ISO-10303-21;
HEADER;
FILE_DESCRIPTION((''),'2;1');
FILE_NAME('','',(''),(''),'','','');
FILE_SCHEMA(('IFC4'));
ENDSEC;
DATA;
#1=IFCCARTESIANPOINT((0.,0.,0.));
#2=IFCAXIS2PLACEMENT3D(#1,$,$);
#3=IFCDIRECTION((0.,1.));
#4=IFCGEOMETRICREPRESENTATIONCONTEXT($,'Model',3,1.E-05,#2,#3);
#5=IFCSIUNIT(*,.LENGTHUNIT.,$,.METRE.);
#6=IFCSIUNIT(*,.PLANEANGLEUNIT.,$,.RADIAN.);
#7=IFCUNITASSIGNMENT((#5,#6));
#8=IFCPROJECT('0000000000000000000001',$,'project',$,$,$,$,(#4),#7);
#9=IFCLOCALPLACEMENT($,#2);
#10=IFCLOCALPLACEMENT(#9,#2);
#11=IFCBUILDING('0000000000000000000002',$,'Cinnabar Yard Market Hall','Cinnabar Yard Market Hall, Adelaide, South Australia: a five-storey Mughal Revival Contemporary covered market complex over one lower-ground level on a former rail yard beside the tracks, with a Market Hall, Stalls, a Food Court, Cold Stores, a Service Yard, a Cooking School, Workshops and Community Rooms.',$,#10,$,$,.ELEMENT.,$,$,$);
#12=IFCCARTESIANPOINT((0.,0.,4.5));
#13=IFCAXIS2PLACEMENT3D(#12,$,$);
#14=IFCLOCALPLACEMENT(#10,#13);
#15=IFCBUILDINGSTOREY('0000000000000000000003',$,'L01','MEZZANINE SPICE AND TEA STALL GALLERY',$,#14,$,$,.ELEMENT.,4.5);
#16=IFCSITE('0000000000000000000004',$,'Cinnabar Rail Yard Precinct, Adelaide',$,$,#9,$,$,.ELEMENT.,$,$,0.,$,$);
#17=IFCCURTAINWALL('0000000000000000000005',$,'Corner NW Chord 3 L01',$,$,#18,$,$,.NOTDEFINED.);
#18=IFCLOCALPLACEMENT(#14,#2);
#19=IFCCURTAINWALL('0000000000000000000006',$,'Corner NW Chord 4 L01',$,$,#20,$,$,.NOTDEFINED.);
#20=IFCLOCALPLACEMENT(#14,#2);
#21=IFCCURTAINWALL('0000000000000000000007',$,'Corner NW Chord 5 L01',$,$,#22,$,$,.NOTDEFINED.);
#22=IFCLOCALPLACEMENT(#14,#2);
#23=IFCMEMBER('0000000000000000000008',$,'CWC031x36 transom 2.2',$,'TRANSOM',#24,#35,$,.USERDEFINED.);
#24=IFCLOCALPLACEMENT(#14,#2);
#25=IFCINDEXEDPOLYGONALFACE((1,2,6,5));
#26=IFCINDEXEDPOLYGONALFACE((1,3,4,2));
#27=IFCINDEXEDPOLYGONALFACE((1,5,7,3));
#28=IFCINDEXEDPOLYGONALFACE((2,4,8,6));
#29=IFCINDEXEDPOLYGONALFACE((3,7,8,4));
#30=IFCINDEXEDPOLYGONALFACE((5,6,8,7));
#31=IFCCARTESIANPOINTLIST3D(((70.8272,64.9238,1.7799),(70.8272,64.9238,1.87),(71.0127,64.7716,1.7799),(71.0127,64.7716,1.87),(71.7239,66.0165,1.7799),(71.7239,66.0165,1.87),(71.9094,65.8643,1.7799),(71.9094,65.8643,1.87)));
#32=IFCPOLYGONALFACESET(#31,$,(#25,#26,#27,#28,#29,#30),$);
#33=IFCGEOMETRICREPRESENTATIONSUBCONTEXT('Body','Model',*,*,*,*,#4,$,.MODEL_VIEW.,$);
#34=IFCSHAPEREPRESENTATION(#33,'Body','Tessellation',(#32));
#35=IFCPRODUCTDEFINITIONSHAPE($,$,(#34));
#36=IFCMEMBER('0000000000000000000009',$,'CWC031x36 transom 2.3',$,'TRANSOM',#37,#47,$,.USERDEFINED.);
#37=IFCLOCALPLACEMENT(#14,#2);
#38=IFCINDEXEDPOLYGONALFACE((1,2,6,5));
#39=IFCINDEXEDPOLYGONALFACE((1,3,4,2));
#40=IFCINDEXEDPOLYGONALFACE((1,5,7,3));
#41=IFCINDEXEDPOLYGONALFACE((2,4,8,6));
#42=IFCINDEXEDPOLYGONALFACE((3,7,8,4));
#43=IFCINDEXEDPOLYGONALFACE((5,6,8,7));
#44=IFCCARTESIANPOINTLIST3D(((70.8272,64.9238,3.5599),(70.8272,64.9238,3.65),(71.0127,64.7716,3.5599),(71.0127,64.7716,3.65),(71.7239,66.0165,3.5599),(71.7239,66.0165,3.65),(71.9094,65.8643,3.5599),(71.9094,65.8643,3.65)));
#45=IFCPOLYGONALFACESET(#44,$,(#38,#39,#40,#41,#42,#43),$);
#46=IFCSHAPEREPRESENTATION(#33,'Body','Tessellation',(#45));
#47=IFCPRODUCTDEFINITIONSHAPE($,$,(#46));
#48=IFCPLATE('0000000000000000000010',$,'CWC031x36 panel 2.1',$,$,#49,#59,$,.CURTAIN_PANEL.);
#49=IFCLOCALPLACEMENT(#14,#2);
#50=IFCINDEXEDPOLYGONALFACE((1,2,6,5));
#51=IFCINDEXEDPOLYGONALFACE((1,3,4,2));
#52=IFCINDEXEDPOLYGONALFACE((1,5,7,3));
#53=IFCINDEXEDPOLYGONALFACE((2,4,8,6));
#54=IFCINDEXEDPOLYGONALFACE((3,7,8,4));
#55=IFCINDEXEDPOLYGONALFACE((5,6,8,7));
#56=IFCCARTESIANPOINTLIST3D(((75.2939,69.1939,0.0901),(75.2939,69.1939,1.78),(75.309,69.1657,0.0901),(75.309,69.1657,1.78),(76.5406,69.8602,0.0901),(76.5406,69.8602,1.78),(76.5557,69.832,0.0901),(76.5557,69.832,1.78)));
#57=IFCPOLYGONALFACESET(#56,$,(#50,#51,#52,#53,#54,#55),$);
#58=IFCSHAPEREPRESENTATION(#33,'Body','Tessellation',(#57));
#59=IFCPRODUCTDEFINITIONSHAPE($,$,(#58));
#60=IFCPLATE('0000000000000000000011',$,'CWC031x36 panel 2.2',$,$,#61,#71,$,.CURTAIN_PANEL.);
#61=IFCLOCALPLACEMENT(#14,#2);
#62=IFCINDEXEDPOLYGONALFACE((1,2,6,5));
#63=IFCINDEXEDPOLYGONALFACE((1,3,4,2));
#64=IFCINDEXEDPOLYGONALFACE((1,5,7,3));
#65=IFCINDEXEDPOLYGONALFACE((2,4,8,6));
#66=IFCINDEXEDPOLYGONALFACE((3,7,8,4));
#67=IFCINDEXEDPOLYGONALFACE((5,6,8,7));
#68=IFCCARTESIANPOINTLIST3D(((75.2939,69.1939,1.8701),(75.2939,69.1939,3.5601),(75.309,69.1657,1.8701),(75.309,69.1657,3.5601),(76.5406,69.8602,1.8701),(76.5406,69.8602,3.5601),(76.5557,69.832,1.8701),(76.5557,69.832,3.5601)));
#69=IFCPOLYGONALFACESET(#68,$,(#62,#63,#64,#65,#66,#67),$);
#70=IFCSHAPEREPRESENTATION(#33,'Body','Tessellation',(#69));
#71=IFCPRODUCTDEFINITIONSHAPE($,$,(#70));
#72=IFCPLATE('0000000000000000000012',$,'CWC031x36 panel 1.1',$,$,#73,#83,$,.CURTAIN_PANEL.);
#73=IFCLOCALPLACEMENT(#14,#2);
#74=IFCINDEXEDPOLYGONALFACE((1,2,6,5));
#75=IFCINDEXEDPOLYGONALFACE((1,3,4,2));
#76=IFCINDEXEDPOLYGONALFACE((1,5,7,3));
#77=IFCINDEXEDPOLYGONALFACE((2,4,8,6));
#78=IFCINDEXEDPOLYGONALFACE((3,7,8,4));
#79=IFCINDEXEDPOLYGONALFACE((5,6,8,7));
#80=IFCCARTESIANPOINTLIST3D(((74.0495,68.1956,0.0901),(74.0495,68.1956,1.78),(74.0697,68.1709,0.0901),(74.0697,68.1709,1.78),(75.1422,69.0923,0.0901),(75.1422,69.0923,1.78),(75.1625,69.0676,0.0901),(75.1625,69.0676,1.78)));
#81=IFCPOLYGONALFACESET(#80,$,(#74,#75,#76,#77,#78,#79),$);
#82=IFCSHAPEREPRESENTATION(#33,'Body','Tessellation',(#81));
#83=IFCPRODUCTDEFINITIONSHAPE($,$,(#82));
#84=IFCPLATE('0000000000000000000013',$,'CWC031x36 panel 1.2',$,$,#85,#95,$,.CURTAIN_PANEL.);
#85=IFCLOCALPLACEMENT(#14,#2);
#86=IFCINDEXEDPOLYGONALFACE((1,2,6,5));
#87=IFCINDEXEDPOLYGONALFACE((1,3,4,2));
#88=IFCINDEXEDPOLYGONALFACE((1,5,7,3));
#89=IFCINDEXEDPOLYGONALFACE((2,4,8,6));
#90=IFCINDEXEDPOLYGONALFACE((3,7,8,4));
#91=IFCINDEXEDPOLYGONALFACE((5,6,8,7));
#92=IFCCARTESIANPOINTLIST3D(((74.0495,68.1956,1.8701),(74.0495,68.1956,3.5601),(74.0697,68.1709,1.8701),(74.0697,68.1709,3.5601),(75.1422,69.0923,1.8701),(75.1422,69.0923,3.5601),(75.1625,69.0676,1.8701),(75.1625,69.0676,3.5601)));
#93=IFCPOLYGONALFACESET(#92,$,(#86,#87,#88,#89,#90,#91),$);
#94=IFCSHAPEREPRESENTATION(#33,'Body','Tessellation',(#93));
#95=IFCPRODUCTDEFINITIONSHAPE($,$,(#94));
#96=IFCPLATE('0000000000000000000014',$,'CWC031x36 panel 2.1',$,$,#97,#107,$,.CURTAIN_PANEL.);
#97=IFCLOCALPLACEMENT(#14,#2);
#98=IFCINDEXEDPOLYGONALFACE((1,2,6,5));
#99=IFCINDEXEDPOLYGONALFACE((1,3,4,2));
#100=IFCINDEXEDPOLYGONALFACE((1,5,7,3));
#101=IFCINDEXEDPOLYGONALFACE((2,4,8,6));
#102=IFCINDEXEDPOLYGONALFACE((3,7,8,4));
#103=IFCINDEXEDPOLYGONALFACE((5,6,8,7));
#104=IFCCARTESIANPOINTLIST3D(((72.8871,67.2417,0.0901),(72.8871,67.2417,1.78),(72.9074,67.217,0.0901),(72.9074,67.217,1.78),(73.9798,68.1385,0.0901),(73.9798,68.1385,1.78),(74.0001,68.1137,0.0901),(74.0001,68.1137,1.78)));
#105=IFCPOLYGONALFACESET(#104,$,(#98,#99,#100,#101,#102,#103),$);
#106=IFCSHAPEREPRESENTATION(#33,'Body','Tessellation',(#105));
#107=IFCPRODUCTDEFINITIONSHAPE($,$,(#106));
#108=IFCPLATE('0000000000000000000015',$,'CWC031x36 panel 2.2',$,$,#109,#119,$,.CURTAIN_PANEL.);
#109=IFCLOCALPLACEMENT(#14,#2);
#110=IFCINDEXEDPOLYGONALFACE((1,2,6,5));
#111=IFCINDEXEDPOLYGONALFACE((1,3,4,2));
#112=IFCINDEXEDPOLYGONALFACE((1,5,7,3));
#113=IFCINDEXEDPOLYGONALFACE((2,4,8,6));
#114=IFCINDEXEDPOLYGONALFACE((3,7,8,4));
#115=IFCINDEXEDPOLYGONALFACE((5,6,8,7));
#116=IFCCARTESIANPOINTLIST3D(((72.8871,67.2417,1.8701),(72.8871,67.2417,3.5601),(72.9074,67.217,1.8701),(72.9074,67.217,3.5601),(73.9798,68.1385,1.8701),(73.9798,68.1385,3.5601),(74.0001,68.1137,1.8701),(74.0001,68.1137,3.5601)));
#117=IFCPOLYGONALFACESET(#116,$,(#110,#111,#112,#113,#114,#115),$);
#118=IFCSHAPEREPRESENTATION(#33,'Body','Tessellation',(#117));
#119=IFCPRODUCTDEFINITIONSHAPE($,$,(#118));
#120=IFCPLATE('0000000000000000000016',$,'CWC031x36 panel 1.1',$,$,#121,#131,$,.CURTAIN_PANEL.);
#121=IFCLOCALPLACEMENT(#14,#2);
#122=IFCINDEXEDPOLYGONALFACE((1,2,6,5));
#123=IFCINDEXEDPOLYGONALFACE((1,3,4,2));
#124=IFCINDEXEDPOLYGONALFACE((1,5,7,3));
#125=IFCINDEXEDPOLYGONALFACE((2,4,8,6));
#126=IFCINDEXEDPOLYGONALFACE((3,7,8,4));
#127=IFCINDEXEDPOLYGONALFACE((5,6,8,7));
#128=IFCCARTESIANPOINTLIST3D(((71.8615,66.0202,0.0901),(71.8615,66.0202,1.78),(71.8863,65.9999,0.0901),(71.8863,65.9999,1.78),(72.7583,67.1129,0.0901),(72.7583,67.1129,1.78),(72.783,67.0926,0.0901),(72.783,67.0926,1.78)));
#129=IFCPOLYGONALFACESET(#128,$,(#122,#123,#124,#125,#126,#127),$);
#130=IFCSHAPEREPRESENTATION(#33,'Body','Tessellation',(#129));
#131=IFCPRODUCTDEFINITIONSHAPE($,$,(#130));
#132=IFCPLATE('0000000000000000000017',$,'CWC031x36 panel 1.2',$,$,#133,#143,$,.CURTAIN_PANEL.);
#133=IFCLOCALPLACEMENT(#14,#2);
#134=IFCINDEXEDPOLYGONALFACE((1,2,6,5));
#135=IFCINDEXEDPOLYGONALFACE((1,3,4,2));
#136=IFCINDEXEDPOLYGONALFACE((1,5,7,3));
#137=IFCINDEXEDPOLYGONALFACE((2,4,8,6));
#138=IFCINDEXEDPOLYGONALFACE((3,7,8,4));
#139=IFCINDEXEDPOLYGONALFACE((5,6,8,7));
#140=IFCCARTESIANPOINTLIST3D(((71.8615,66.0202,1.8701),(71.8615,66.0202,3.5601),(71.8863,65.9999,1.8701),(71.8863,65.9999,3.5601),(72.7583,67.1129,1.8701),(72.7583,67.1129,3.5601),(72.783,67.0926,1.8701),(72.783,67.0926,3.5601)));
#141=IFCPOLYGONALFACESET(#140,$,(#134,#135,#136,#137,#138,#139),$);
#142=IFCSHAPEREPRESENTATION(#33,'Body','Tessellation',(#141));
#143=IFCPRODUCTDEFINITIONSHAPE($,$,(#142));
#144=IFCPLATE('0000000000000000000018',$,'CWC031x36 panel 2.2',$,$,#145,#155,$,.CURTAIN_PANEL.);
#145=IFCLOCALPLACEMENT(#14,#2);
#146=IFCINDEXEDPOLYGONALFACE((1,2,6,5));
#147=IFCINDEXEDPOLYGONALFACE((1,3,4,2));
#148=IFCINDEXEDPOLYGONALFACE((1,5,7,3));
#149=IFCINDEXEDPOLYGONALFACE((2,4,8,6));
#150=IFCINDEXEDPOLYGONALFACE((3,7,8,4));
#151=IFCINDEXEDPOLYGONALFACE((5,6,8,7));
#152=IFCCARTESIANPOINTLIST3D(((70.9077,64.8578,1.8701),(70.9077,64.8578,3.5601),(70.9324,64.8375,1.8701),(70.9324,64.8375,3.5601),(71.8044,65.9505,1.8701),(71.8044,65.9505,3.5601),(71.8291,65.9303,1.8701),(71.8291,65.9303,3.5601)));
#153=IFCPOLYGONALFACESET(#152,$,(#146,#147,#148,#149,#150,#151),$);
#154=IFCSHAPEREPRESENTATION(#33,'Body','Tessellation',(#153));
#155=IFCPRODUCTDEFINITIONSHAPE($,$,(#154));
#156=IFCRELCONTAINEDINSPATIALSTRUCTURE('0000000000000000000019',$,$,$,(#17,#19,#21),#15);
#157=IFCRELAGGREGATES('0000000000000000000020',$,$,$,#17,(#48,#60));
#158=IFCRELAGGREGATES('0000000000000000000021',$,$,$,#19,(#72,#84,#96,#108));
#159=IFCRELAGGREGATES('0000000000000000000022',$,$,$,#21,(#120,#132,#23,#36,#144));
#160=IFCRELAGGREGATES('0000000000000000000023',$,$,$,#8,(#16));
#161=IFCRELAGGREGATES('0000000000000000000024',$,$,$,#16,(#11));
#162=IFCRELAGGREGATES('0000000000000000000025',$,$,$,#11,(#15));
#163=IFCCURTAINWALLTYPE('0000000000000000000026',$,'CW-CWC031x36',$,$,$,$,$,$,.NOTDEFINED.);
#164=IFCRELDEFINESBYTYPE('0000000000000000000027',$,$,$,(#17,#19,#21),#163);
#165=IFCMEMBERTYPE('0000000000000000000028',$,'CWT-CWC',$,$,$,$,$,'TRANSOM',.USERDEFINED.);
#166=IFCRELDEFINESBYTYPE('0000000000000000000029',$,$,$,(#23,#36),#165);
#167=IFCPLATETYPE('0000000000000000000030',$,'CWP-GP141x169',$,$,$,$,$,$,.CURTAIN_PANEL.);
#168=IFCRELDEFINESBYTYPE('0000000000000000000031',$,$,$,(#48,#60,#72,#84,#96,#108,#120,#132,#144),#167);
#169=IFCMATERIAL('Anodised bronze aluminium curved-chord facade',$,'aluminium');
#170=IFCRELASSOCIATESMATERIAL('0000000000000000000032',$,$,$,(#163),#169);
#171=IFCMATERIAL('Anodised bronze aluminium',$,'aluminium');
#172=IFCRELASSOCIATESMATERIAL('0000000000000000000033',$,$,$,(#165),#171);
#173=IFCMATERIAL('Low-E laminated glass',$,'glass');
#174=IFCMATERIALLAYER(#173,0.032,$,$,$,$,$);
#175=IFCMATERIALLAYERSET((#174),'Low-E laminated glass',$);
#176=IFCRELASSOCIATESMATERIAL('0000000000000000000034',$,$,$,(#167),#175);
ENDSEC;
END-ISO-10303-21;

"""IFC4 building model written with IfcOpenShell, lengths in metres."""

from ifc_helpers import new_model, si_unit, direction, frame, origin, origin_2d_with_axis, place, context, subcontext, project, spatial, rectangle, extrude, material, layer, layer_set, material_profile, profile_set, type_object, element, aggregate, save


model = new_model("IFC4")

# Units and contexts
model_context = context("Model", 3, precision=1e-05, world=origin(), true_north=direction((0.0, 1.0)))
body_context = subcontext(model_context, "Body", "Model", "MODEL_VIEW")
ifc_project = project(units=[si_unit("LENGTHUNIT", "METRE"), si_unit("PLANEANGLEUNIT", "RADIAN")], contexts=[model_context])

# Site, building, storey
site_placement = place(None, origin())
site = spatial("IfcSite", under=ifc_project, at=site_placement, Name="Cinnabar Rail Yard Precinct, Adelaide", CompositionType="ELEMENT", RefElevation=0.0)
building_placement = place(site_placement, origin())
building = spatial("IfcBuilding", under=site, at=building_placement, Name="Cinnabar Yard Market Hall", Description="Cinnabar Yard Market Hall, Adelaide, South Australia: a five-storey Mughal Revival Contemporary covered market complex over one lower-ground level on a former rail yard beside the tracks, with a Market Hall, Stalls, a Food Court, Cold Stores, a Service Yard, a Cooking School, Workshops and Community Rooms.", CompositionType="ELEMENT")
storey_placement = place(building_placement, frame((0.0, 0.0, 4.5)))
storey = spatial("IfcBuildingStorey", under=building, at=storey_placement, Name="L01", Description="MEZZANINE SPICE AND TEA STALL GALLERY", CompositionType="ELEMENT", Elevation=4.5)

# Curtain walls
ifc_material_1 = material(Name="Anodised bronze aluminium curved-chord facade", Category="aluminium")
curtain_wall_type = type_object("IfcCurtainWallType", Name="CW-CWC031x36", PredefinedType="NOTDEFINED", material=ifc_material_1)
curtain_wall_1_placement = place(storey_placement, origin())
curtain_wall_1 = element("IfcCurtainWall", 1, at=curtain_wall_1_placement, inside=storey, type_object=curtain_wall_type, Name="Corner NW Chord 3 L01", PredefinedType="NOTDEFINED")
ifc_material_2 = material(Name="Anodised bronze aluminium", Category="aluminium")
curtain_wall_2_placement = place(storey_placement, origin())
curtain_wall_2 = element("IfcCurtainWall", 2, at=curtain_wall_2_placement, inside=storey, type_object=curtain_wall_type, Name="Corner NW Chord 4 L01", PredefinedType="NOTDEFINED")
curtain_wall_3_placement = place(storey_placement, origin())
curtain_wall_3 = element("IfcCurtainWall", 3, at=curtain_wall_3_placement, inside=storey, type_object=curtain_wall_type, Name="Corner NW Chord 5 L01", PredefinedType="NOTDEFINED")

# Members
ifc_material_profile_1 = material_profile(ifc_material_2, rectangle(XDim=0.24, YDim=0.0901, at=origin_2d_with_axis()), Name="TRN-CWC")
ifc_profile_set_1 = profile_set([ifc_material_profile_1], Name="Anodised bronze aluminium")
member_type_1 = type_object("IfcMemberType", Name="CWT-CWC", ElementType="TRANSOM", PredefinedType="USERDEFINED", material=ifc_profile_set_1)
member_1_placement = place(storey_placement, frame((71.8167, 65.9404, 1.825), z_axis=(-0.634356, -0.773041, 0.0), x_axis=(0.773041, -0.634356, 0.0)))
member_1 = element("IfcMember", 4, at=member_1_placement, type_object=member_type_1, Name="CWC031x36 transom 2.2", ObjectType="TRANSOM", PredefinedType="USERDEFINED", context=body_context, shape_type="SweptSolid", body=[
    extrude(rectangle(XDim=0.24, YDim=0.0901, at=origin_2d_with_axis()), origin(), (0.0, 0.0, 1.0), 1.4136),
])
member_2_placement = place(storey_placement, frame((71.8167, 65.9404, 3.605), z_axis=(-0.634356, -0.773041, 0.0), x_axis=(0.773041, -0.634356, 0.0)))
member_2 = element("IfcMember", 5, at=member_2_placement, type_object=member_type_1, Name="CWC031x36 transom 2.3", ObjectType="TRANSOM", PredefinedType="USERDEFINED", context=body_context, shape_type="SweptSolid", body=[
    extrude(rectangle(XDim=0.24, YDim=0.0901, at=origin_2d_with_axis()), origin(), (0.0, 0.0, 1.0), 1.4136),
])

# Plates
ifc_material_3 = material(Name="Low-E laminated glass", Category="glass")
ifc_layer = layer(ifc_material_3, 0.032)
ifc_layer_set = layer_set([ifc_layer], Name="Low-E laminated glass")
plate_type = type_object("IfcPlateType", Name="CWP-GP141x169", PredefinedType="CURTAIN_PANEL", material=ifc_layer_set)
plate_1_placement = place(storey_placement, frame((75.9248, 69.5129, 0.0901), z_axis=(0.0, 0.0, 1.0), x_axis=(-0.881917, -0.471404, 0.0)))
plate_1 = element("IfcPlate", 6, at=plate_1_placement, type_object=plate_type, Name="CWC031x36 panel 2.1", PredefinedType="CURTAIN_PANEL", context=body_context, shape_type="SweptSolid", body=[
    extrude(rectangle(XDim=1.4136, YDim=0.032, at=origin_2d_with_axis()), origin(), (0.0, 0.0, 1.0), 1.6899),
])
plate_2_placement = place(storey_placement, frame((75.9248, 69.5129, 1.8701), z_axis=(0.0, 0.0, 1.0), x_axis=(-0.881917, -0.471404, 0.0)))
plate_2 = element("IfcPlate", 7, at=plate_2_placement, type_object=plate_type, Name="CWC031x36 panel 2.2", PredefinedType="CURTAIN_PANEL", context=body_context, shape_type="SweptSolid", body=[
    extrude(rectangle(XDim=1.4136, YDim=0.032, at=origin_2d_with_axis()), origin(), (0.0, 0.0, 1.0), 1.6899),
])
aggregate(curtain_wall_1, [plate_1, plate_2])
plate_3_placement = place(storey_placement, frame((74.606, 68.6316, 0.0901), z_axis=(0.0, 0.0, 1.0), x_axis=(-0.773019, -0.634383, 0.0)))
plate_3 = element("IfcPlate", 8, at=plate_3_placement, type_object=plate_type, Name="CWC031x36 panel 1.1", PredefinedType="CURTAIN_PANEL", context=body_context, shape_type="SweptSolid", body=[
    extrude(rectangle(XDim=1.4136, YDim=0.032, at=origin_2d_with_axis()), origin(), (0.0, 0.0, 1.0), 1.6899),
])
plate_4_placement = place(storey_placement, frame((74.606, 68.6316, 1.8701), z_axis=(0.0, 0.0, 1.0), x_axis=(-0.773019, -0.634383, 0.0)))
plate_4 = element("IfcPlate", 9, at=plate_4_placement, type_object=plate_type, Name="CWC031x36 panel 1.2", PredefinedType="CURTAIN_PANEL", context=body_context, shape_type="SweptSolid", body=[
    extrude(rectangle(XDim=1.4136, YDim=0.032, at=origin_2d_with_axis()), origin(), (0.0, 0.0, 1.0), 1.6899),
])
plate_5_placement = place(storey_placement, frame((73.4436, 67.6777, 0.0901), z_axis=(0.0, 0.0, 1.0), x_axis=(-0.773019, -0.634383, 0.0)))
plate_5 = element("IfcPlate", 10, at=plate_5_placement, type_object=plate_type, Name="CWC031x36 panel 2.1", PredefinedType="CURTAIN_PANEL", context=body_context, shape_type="SweptSolid", body=[
    extrude(rectangle(XDim=1.4136, YDim=0.032, at=origin_2d_with_axis()), origin(), (0.0, 0.0, 1.0), 1.6899),
])
plate_6_placement = place(storey_placement, frame((73.4436, 67.6777, 1.8701), z_axis=(0.0, 0.0, 1.0), x_axis=(-0.773019, -0.634383, 0.0)))
plate_6 = element("IfcPlate", 11, at=plate_6_placement, type_object=plate_type, Name="CWC031x36 panel 2.2", PredefinedType="CURTAIN_PANEL", context=body_context, shape_type="SweptSolid", body=[
    extrude(rectangle(XDim=1.4136, YDim=0.032, at=origin_2d_with_axis()), origin(), (0.0, 0.0, 1.0), 1.6899),
])
aggregate(curtain_wall_2, [plate_3, plate_4, plate_5, plate_6])
plate_7_placement = place(storey_placement, frame((72.3223, 66.5564, 0.0901), z_axis=(0.0, 0.0, 1.0), x_axis=(-0.634383, -0.773019, 0.0)))
plate_7 = element("IfcPlate", 12, at=plate_7_placement, type_object=plate_type, Name="CWC031x36 panel 1.1", PredefinedType="CURTAIN_PANEL", context=body_context, shape_type="SweptSolid", body=[
    extrude(rectangle(XDim=1.4136, YDim=0.032, at=origin_2d_with_axis()), origin(), (0.0, 0.0, 1.0), 1.6899),
])
plate_8_placement = place(storey_placement, frame((72.3223, 66.5564, 1.8701), z_axis=(0.0, 0.0, 1.0), x_axis=(-0.634383, -0.773019, 0.0)))
plate_8 = element("IfcPlate", 13, at=plate_8_placement, type_object=plate_type, Name="CWC031x36 panel 1.2", PredefinedType="CURTAIN_PANEL", context=body_context, shape_type="SweptSolid", body=[
    extrude(rectangle(XDim=1.4136, YDim=0.032, at=origin_2d_with_axis()), origin(), (0.0, 0.0, 1.0), 1.6899),
])
plate_9_placement = place(storey_placement, frame((71.3684, 65.394, 1.8701), z_axis=(0.0, 0.0, 1.0), x_axis=(-0.634383, -0.773019, 0.0)))
plate_9 = element("IfcPlate", 14, at=plate_9_placement, type_object=plate_type, Name="CWC031x36 panel 2.2", PredefinedType="CURTAIN_PANEL", context=body_context, shape_type="SweptSolid", body=[
    extrude(rectangle(XDim=1.4136, YDim=0.032, at=origin_2d_with_axis()), origin(), (0.0, 0.0, 1.0), 1.6899),
])
aggregate(curtain_wall_3, [plate_7, plate_8, member_1, member_2, plate_9])

save(model, "model.ifc")
